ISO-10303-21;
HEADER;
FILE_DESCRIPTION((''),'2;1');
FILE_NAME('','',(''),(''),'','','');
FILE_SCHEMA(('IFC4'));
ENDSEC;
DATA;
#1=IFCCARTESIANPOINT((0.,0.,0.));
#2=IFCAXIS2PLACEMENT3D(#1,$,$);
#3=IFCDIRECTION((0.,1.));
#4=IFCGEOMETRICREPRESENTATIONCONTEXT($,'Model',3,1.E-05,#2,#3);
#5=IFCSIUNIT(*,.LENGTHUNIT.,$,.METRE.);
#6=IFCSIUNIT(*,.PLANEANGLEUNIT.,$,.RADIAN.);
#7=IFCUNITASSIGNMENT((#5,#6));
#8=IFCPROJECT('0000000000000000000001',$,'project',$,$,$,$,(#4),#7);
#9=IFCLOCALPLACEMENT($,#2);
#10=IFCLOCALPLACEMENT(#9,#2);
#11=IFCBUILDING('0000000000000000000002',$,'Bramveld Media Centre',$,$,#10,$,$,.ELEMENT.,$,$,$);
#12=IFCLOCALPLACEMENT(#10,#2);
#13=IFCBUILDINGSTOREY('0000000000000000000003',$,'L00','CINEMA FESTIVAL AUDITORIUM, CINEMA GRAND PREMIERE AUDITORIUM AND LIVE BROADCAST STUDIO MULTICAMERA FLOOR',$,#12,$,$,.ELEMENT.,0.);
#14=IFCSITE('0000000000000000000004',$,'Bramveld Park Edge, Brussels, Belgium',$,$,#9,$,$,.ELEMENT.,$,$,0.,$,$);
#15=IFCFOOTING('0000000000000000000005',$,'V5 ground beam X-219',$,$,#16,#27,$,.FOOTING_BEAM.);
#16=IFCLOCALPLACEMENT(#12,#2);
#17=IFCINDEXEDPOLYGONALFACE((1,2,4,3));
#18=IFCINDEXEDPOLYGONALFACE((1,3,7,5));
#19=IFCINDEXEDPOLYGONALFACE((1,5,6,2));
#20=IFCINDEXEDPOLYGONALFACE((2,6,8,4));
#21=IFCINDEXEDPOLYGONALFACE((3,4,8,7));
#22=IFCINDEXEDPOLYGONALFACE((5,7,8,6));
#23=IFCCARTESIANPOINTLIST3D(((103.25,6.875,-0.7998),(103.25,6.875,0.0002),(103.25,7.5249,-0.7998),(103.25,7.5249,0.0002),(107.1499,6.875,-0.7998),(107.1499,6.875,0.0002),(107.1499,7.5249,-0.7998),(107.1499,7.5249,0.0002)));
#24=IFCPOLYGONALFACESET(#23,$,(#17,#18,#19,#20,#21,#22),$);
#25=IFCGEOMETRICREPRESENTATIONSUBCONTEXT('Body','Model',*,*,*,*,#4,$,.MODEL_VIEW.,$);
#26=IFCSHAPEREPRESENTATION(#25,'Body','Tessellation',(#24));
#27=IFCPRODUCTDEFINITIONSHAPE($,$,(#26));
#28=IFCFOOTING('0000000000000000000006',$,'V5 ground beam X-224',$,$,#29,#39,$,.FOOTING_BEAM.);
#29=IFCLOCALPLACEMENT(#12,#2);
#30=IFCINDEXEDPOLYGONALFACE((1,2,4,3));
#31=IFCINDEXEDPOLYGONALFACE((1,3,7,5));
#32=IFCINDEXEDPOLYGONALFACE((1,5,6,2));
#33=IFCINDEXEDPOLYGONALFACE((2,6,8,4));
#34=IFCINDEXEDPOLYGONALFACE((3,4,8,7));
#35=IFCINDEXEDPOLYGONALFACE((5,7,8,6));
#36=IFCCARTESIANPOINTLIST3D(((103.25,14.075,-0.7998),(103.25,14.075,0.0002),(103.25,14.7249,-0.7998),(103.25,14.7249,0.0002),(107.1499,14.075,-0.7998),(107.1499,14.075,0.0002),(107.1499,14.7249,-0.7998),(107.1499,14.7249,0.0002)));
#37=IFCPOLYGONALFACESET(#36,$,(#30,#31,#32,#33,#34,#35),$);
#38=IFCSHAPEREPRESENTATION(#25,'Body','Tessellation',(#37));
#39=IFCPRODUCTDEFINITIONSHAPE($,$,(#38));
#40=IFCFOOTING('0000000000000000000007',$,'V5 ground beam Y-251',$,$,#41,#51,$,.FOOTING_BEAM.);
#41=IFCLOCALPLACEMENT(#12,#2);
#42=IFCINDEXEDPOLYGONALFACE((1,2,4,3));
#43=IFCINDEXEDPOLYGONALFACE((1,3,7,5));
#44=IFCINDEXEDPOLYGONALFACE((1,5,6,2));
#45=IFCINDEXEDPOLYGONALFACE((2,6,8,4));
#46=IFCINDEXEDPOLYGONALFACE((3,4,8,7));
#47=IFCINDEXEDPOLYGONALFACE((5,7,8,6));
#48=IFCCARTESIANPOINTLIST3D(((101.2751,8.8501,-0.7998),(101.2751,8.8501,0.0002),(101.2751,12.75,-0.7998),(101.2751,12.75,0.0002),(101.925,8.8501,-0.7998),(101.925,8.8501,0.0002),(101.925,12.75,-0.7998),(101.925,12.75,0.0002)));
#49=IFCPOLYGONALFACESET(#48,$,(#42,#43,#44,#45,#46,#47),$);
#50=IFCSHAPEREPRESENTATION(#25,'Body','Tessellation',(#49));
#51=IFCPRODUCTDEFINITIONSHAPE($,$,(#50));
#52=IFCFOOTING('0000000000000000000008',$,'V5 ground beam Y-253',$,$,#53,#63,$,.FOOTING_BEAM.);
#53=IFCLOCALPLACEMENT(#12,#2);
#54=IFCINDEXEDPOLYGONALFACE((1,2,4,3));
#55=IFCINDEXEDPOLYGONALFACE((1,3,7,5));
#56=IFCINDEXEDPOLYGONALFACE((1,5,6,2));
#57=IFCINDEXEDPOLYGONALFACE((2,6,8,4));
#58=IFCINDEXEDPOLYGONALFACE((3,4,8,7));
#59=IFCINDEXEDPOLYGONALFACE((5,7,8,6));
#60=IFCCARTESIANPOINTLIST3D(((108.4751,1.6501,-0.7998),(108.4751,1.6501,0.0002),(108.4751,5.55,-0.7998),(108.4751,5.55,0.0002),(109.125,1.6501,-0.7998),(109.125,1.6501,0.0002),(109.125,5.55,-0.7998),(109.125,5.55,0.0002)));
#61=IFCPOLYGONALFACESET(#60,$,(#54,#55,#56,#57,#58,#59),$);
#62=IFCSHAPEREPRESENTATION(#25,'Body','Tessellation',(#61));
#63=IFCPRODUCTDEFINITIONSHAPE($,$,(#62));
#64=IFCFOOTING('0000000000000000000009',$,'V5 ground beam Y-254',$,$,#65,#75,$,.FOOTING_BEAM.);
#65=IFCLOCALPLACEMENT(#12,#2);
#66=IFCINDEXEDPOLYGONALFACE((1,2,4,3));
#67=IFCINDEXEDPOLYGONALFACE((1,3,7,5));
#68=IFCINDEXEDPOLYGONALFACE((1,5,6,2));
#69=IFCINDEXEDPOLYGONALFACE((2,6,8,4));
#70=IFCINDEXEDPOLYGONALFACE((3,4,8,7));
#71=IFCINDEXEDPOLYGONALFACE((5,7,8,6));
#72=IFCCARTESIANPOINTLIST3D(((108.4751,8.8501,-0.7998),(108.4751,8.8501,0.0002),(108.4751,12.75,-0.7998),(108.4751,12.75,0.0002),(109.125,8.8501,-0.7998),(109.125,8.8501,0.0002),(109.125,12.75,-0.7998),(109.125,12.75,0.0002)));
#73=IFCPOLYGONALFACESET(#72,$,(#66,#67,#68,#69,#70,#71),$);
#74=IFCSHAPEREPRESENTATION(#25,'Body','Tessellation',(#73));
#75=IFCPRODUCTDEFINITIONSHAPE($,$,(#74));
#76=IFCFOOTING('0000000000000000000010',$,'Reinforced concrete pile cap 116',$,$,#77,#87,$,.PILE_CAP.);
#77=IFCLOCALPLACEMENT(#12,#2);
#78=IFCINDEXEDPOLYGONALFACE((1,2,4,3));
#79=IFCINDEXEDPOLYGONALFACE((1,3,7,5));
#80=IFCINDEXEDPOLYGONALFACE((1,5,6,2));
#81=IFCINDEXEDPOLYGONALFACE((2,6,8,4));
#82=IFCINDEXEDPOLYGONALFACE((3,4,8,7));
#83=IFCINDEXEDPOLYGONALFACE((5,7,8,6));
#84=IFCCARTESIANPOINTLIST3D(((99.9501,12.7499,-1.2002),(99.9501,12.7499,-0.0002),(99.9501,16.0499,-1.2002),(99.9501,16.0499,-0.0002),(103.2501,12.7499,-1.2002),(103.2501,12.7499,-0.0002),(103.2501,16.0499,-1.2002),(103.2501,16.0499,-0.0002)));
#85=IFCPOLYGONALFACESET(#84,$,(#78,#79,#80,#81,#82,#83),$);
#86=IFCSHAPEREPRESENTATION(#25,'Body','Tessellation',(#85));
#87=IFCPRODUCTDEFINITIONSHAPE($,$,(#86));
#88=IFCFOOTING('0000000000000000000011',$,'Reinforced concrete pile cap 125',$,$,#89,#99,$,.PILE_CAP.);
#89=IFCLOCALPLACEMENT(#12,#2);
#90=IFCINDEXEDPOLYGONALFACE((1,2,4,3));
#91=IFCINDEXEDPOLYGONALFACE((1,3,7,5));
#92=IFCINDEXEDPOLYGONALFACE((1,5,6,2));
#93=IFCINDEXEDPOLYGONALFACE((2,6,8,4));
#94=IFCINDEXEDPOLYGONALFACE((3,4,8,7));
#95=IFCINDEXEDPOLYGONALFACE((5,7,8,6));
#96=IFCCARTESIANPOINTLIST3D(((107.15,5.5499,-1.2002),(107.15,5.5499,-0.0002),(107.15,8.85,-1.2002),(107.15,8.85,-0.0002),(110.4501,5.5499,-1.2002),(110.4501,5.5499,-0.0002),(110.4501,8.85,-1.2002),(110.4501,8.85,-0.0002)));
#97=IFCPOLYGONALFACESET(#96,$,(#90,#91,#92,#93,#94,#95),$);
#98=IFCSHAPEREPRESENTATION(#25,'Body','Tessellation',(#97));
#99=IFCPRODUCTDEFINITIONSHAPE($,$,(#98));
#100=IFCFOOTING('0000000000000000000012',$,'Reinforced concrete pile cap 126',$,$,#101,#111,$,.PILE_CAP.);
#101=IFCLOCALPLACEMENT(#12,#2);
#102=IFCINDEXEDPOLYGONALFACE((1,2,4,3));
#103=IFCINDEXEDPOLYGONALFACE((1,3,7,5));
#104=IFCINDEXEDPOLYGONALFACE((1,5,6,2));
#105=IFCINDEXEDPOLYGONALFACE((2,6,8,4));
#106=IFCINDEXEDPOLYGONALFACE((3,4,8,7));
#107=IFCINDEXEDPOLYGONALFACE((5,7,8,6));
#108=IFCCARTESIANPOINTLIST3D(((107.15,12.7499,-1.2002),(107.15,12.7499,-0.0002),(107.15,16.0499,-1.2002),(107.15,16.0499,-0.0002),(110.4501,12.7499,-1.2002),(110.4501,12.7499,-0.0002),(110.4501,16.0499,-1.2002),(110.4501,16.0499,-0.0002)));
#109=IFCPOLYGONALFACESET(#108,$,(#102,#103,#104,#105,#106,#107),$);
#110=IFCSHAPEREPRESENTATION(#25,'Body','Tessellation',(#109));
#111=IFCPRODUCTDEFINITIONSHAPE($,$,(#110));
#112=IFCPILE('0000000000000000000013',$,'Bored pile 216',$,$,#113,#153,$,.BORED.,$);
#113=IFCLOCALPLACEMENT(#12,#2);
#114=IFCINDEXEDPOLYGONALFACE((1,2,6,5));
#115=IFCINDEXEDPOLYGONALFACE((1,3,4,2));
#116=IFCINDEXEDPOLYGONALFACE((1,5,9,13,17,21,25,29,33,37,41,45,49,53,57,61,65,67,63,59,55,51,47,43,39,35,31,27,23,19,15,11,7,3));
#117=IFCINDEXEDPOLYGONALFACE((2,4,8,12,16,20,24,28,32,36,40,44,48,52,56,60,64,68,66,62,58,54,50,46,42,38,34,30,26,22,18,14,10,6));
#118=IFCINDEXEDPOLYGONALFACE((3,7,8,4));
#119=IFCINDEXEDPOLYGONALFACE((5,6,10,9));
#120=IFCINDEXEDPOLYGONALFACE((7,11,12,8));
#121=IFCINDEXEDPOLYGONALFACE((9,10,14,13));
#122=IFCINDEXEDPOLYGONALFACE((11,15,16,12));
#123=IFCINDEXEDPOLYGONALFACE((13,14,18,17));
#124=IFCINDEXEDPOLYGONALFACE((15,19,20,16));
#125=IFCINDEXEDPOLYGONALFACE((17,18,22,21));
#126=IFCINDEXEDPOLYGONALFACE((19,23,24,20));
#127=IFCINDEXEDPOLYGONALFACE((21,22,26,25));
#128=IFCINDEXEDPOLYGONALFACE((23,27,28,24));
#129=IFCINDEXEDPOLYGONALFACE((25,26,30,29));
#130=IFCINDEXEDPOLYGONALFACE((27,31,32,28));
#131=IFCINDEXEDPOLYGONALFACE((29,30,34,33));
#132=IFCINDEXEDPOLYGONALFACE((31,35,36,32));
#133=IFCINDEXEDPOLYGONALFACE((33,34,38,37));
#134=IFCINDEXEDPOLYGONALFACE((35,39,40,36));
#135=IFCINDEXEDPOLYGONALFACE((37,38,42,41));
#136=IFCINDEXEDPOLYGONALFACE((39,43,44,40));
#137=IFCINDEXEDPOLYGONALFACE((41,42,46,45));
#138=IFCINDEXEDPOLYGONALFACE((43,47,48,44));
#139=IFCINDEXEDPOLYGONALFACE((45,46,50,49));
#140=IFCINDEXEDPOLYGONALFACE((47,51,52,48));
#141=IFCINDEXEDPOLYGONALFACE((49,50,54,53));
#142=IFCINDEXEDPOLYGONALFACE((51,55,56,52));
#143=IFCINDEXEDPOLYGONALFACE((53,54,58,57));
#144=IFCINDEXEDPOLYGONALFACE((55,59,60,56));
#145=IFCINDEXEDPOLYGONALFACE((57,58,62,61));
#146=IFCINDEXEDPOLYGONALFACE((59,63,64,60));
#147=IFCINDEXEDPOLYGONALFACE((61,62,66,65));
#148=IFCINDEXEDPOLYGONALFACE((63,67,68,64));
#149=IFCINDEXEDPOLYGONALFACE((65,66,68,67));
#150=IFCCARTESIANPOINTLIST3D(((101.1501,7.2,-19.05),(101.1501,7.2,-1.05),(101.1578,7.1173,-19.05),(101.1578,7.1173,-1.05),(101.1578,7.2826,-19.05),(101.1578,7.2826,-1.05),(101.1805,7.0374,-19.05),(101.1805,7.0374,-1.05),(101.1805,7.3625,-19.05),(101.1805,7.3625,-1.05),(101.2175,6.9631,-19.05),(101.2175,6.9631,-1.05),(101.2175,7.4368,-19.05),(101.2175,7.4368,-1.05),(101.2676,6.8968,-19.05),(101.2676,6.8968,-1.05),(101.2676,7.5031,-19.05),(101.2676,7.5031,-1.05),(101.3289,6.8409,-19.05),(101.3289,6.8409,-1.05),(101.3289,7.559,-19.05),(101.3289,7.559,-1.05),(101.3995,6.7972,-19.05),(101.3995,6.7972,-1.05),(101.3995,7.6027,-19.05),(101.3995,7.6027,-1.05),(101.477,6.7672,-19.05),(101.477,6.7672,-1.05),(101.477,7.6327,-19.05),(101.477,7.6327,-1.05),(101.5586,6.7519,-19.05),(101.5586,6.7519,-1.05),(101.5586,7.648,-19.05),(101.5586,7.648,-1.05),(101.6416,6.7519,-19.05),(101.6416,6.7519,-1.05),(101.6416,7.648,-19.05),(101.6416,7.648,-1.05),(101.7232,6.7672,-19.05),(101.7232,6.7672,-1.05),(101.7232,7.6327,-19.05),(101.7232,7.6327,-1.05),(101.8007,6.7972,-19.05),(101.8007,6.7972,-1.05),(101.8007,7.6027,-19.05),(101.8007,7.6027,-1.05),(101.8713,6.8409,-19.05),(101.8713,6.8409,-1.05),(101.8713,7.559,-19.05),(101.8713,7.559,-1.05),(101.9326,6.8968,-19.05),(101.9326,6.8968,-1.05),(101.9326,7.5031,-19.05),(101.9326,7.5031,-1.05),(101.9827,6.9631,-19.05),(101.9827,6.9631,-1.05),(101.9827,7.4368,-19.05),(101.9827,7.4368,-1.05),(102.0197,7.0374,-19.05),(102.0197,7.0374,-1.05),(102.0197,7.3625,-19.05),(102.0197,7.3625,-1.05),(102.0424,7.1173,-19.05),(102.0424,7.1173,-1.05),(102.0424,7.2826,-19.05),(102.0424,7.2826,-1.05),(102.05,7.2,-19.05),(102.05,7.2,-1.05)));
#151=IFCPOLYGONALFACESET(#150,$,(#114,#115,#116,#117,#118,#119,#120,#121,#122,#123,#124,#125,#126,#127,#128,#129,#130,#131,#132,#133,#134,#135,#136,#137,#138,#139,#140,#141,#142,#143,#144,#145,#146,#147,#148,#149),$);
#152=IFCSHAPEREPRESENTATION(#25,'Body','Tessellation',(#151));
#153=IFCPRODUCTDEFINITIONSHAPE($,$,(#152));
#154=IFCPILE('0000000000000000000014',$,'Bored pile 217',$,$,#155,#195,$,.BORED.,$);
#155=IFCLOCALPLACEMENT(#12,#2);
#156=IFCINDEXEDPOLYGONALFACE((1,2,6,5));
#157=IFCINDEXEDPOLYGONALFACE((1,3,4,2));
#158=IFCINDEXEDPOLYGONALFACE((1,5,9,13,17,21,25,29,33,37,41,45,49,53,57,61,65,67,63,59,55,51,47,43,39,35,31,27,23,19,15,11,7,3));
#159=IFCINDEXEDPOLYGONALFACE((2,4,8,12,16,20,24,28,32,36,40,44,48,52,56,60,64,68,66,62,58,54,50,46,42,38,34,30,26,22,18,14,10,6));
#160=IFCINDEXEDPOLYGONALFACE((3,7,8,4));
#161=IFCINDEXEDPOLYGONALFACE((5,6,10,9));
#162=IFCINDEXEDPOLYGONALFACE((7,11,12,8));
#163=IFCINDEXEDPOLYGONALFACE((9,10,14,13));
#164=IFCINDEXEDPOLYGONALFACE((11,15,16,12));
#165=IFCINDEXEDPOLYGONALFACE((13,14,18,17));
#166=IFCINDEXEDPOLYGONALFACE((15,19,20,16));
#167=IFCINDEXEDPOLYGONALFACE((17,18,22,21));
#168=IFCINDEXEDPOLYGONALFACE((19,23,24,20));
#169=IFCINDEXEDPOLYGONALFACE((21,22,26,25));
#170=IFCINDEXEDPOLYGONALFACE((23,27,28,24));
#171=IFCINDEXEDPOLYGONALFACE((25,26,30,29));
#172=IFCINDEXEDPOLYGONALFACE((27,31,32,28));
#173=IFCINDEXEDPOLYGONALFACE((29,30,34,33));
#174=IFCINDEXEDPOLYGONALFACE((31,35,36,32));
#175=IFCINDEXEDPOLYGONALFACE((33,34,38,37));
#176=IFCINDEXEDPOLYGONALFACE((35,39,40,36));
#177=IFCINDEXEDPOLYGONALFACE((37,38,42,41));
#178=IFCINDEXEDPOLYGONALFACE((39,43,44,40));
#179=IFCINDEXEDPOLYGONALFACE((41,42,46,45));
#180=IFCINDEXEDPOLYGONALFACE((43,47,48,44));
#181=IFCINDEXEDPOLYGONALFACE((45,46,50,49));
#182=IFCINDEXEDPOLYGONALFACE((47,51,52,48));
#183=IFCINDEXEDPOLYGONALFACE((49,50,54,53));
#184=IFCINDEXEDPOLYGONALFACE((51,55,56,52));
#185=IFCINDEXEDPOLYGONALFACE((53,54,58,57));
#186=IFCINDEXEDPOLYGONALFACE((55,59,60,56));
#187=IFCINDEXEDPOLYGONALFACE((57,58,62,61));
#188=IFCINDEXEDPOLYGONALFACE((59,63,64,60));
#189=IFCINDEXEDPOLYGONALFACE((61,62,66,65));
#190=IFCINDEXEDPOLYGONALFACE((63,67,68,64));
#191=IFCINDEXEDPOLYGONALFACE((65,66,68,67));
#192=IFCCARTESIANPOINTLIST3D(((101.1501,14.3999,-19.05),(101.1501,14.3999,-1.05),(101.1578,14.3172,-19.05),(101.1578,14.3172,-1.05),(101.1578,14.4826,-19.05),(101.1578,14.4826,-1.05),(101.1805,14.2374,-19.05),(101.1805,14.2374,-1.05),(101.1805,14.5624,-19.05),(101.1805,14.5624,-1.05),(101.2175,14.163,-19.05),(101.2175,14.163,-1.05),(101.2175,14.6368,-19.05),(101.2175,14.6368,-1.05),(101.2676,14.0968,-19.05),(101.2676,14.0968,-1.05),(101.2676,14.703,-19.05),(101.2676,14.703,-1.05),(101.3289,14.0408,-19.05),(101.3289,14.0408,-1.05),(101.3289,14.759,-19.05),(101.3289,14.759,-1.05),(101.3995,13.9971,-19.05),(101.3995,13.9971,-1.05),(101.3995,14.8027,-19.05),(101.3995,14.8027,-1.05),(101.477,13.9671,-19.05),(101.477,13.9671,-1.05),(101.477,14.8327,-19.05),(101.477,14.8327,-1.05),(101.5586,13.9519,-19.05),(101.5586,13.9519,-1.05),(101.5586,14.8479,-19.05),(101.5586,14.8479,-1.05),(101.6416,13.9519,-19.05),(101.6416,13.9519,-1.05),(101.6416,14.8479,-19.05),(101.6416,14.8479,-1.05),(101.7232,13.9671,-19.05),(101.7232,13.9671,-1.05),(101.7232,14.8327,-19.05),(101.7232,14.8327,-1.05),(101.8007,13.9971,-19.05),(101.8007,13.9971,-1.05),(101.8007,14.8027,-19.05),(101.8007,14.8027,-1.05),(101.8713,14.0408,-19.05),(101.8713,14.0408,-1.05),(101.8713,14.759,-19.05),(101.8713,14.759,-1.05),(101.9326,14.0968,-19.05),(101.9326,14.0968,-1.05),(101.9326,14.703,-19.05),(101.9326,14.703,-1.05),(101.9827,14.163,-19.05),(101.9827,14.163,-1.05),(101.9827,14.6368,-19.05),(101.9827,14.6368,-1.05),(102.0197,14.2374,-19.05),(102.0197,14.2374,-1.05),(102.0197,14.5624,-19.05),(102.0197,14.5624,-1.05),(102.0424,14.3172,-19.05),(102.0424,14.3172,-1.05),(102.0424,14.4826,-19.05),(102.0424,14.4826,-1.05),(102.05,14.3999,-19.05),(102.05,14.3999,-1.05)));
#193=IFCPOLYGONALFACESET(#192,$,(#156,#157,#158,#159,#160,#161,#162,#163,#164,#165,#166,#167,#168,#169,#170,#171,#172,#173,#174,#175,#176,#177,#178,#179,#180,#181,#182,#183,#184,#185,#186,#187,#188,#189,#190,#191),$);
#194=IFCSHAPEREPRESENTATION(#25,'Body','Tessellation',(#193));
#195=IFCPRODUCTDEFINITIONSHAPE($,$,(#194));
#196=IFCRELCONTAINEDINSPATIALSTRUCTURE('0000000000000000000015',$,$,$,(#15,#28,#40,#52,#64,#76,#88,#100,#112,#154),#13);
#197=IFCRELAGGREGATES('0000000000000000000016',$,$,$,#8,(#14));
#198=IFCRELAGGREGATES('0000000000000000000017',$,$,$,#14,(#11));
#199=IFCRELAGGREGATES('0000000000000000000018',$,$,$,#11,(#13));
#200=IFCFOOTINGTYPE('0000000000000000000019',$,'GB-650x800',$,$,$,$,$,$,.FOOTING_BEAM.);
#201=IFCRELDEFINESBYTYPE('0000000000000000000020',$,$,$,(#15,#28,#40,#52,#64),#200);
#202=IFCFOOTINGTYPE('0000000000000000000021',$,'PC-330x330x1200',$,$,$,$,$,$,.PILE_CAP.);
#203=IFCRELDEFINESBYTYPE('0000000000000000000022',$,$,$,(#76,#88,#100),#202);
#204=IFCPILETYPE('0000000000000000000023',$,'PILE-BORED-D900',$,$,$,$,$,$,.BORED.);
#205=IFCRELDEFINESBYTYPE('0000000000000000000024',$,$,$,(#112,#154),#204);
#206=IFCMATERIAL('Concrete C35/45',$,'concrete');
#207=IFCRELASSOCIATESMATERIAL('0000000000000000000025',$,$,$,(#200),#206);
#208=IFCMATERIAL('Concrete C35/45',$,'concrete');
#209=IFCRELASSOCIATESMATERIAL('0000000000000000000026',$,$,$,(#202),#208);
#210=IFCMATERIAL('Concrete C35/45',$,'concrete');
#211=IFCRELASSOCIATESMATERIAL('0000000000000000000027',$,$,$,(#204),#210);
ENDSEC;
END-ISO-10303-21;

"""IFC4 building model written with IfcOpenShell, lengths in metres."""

from ifc_helpers import new_model, si_unit, direction, frame, origin, origin_2d, place, context, subcontext, project, spatial, rectangle, circle, extrude, material, material_profile, profile_set, type_object, element, save


model = new_model("IFC4")

# Units and contexts
model_context = context("Model", 3, precision=1e-05, world=origin(), true_north=direction((0.0, 1.0)))
body_context = subcontext(model_context, "Body", "Model", "MODEL_VIEW")
ifc_project = project(units=[si_unit("LENGTHUNIT", "METRE"), si_unit("PLANEANGLEUNIT", "RADIAN")], contexts=[model_context])

# Site, building, storey
site_placement = place(None, origin())
site = spatial("IfcSite", under=ifc_project, at=site_placement, Name="Bramveld Park Edge, Brussels, Belgium", CompositionType="ELEMENT", RefElevation=0.0)
building_placement = place(site_placement, origin())
building = spatial("IfcBuilding", under=site, at=building_placement, Name="Bramveld Media Centre", CompositionType="ELEMENT")
storey_placement = place(building_placement, origin())
storey = spatial("IfcBuildingStorey", under=building, at=storey_placement, Name="L00", Description="CINEMA FESTIVAL AUDITORIUM, CINEMA GRAND PREMIERE AUDITORIUM AND LIVE BROADCAST STUDIO MULTICAMERA FLOOR", CompositionType="ELEMENT", Elevation=0.0)

# Footings
ifc_material_1 = material(Name="Concrete C35/45", Category="concrete")
footing_type_1 = type_object("IfcFootingType", Name="GB-650x800", PredefinedType="FOOTING_BEAM", material=ifc_material_1)
for number, where, z_axis, x_axis, name in (
    (1, (105.2, 7.2, -0.7998), (0.0, 0.0, 1.0), (1.0, 0.0, 0.0), "V5 ground beam X-219"),
    (2, (105.2, 14.3999, -0.7998), (0.0, 0.0, 1.0), (1.0, 0.0, 0.0), "V5 ground beam X-224"),
):
    element("IfcFooting", number, at=place(storey_placement, frame(where, z_axis=z_axis, x_axis=x_axis)), inside=storey, type_object=footing_type_1, Name=name, PredefinedType="FOOTING_BEAM", context=body_context, shape_type="SweptSolid", body=[
        extrude(rectangle(XDim=3.8999, YDim=0.6499, at=origin_2d()), origin(), (0.0, 0.0, 1.0), 0.8),
    ])
for number, where, z_axis, x_axis, name in (
    (3, (101.6001, 10.8, -0.7998), (0.0, 0.0, 1.0), (1.0, 0.0, 0.0), "V5 ground beam Y-251"),
    (4, (108.8, 3.6001, -0.7998), (0.0, 0.0, 1.0), (1.0, 0.0, 0.0), "V5 ground beam Y-253"),
    (5, (108.8, 10.8, -0.7998), (0.0, 0.0, 1.0), (1.0, 0.0, 0.0), "V5 ground beam Y-254"),
):
    element("IfcFooting", number, at=place(storey_placement, frame(where, z_axis=z_axis, x_axis=x_axis)), inside=storey, type_object=footing_type_1, Name=name, PredefinedType="FOOTING_BEAM", context=body_context, shape_type="SweptSolid", body=[
        extrude(rectangle(XDim=0.6499, YDim=3.8999, at=origin_2d()), origin(), (0.0, 0.0, 1.0), 0.8),
    ])
ifc_material_2 = material(Name="Concrete C35/45", Category="concrete")
footing_type_2 = type_object("IfcFootingType", Name="PC-330x330x1200", PredefinedType="PILE_CAP", material=ifc_material_2)
for number, where, z_axis, x_axis, name in (
    (6, (101.6001, 14.3999, -1.2002), (0.0, 0.0, 1.0), (1.0, 0.0, 0.0), "Reinforced concrete pile cap 116"),
    (7, (108.8, 7.2, -1.2002), (0.0, 0.0, 1.0), (1.0, 0.0, 0.0), "Reinforced concrete pile cap 125"),
    (8, (108.8, 14.3999, -1.2002), (0.0, 0.0, 1.0), (1.0, 0.0, 0.0), "Reinforced concrete pile cap 126"),
):
    element("IfcFooting", number, at=place(storey_placement, frame(where, z_axis=z_axis, x_axis=x_axis)), inside=storey, type_object=footing_type_2, Name=name, PredefinedType="PILE_CAP", context=body_context, shape_type="SweptSolid", body=[
        extrude(rectangle(XDim=3.3, YDim=3.3, at=origin_2d()), origin(), (0.0, 0.0, 1.0), 1.2),
    ])

# Piles
ifc_material_3 = material(Name="Concrete C35/45", Category="concrete")
ifc_material_profile_1 = material_profile(ifc_material_3, circle(Radius=0.45, at=origin_2d()), Name="BORED D900")
ifc_profile_set_1 = profile_set([ifc_material_profile_1], Name="Concrete C35/45")
pile_type = type_object("IfcPileType", Name="PILE-BORED-D900", PredefinedType="BORED", material=ifc_profile_set_1)
for number, where, z_axis, x_axis, name in (
    (9, (101.6001, 7.2, -1.05), (0.0, 0.0, -1.0), (1.0, 0.0, 0.0), "Bored pile 216"),
    (10, (101.6001, 14.3999, -1.05), (0.0, 0.0, -1.0), (1.0, 0.0, 0.0), "Bored pile 217"),
):
    element("IfcPile", number, at=place(storey_placement, frame(where, z_axis=z_axis, x_axis=x_axis)), inside=storey, type_object=pile_type, Name=name, PredefinedType="BORED", context=body_context, shape_type="SweptSolid", body=[
        extrude(circle(Radius=0.45, at=origin_2d()), origin(), (0.0, 0.0, 1.0), 18.0),
    ])

save(model, "model.ifc")
